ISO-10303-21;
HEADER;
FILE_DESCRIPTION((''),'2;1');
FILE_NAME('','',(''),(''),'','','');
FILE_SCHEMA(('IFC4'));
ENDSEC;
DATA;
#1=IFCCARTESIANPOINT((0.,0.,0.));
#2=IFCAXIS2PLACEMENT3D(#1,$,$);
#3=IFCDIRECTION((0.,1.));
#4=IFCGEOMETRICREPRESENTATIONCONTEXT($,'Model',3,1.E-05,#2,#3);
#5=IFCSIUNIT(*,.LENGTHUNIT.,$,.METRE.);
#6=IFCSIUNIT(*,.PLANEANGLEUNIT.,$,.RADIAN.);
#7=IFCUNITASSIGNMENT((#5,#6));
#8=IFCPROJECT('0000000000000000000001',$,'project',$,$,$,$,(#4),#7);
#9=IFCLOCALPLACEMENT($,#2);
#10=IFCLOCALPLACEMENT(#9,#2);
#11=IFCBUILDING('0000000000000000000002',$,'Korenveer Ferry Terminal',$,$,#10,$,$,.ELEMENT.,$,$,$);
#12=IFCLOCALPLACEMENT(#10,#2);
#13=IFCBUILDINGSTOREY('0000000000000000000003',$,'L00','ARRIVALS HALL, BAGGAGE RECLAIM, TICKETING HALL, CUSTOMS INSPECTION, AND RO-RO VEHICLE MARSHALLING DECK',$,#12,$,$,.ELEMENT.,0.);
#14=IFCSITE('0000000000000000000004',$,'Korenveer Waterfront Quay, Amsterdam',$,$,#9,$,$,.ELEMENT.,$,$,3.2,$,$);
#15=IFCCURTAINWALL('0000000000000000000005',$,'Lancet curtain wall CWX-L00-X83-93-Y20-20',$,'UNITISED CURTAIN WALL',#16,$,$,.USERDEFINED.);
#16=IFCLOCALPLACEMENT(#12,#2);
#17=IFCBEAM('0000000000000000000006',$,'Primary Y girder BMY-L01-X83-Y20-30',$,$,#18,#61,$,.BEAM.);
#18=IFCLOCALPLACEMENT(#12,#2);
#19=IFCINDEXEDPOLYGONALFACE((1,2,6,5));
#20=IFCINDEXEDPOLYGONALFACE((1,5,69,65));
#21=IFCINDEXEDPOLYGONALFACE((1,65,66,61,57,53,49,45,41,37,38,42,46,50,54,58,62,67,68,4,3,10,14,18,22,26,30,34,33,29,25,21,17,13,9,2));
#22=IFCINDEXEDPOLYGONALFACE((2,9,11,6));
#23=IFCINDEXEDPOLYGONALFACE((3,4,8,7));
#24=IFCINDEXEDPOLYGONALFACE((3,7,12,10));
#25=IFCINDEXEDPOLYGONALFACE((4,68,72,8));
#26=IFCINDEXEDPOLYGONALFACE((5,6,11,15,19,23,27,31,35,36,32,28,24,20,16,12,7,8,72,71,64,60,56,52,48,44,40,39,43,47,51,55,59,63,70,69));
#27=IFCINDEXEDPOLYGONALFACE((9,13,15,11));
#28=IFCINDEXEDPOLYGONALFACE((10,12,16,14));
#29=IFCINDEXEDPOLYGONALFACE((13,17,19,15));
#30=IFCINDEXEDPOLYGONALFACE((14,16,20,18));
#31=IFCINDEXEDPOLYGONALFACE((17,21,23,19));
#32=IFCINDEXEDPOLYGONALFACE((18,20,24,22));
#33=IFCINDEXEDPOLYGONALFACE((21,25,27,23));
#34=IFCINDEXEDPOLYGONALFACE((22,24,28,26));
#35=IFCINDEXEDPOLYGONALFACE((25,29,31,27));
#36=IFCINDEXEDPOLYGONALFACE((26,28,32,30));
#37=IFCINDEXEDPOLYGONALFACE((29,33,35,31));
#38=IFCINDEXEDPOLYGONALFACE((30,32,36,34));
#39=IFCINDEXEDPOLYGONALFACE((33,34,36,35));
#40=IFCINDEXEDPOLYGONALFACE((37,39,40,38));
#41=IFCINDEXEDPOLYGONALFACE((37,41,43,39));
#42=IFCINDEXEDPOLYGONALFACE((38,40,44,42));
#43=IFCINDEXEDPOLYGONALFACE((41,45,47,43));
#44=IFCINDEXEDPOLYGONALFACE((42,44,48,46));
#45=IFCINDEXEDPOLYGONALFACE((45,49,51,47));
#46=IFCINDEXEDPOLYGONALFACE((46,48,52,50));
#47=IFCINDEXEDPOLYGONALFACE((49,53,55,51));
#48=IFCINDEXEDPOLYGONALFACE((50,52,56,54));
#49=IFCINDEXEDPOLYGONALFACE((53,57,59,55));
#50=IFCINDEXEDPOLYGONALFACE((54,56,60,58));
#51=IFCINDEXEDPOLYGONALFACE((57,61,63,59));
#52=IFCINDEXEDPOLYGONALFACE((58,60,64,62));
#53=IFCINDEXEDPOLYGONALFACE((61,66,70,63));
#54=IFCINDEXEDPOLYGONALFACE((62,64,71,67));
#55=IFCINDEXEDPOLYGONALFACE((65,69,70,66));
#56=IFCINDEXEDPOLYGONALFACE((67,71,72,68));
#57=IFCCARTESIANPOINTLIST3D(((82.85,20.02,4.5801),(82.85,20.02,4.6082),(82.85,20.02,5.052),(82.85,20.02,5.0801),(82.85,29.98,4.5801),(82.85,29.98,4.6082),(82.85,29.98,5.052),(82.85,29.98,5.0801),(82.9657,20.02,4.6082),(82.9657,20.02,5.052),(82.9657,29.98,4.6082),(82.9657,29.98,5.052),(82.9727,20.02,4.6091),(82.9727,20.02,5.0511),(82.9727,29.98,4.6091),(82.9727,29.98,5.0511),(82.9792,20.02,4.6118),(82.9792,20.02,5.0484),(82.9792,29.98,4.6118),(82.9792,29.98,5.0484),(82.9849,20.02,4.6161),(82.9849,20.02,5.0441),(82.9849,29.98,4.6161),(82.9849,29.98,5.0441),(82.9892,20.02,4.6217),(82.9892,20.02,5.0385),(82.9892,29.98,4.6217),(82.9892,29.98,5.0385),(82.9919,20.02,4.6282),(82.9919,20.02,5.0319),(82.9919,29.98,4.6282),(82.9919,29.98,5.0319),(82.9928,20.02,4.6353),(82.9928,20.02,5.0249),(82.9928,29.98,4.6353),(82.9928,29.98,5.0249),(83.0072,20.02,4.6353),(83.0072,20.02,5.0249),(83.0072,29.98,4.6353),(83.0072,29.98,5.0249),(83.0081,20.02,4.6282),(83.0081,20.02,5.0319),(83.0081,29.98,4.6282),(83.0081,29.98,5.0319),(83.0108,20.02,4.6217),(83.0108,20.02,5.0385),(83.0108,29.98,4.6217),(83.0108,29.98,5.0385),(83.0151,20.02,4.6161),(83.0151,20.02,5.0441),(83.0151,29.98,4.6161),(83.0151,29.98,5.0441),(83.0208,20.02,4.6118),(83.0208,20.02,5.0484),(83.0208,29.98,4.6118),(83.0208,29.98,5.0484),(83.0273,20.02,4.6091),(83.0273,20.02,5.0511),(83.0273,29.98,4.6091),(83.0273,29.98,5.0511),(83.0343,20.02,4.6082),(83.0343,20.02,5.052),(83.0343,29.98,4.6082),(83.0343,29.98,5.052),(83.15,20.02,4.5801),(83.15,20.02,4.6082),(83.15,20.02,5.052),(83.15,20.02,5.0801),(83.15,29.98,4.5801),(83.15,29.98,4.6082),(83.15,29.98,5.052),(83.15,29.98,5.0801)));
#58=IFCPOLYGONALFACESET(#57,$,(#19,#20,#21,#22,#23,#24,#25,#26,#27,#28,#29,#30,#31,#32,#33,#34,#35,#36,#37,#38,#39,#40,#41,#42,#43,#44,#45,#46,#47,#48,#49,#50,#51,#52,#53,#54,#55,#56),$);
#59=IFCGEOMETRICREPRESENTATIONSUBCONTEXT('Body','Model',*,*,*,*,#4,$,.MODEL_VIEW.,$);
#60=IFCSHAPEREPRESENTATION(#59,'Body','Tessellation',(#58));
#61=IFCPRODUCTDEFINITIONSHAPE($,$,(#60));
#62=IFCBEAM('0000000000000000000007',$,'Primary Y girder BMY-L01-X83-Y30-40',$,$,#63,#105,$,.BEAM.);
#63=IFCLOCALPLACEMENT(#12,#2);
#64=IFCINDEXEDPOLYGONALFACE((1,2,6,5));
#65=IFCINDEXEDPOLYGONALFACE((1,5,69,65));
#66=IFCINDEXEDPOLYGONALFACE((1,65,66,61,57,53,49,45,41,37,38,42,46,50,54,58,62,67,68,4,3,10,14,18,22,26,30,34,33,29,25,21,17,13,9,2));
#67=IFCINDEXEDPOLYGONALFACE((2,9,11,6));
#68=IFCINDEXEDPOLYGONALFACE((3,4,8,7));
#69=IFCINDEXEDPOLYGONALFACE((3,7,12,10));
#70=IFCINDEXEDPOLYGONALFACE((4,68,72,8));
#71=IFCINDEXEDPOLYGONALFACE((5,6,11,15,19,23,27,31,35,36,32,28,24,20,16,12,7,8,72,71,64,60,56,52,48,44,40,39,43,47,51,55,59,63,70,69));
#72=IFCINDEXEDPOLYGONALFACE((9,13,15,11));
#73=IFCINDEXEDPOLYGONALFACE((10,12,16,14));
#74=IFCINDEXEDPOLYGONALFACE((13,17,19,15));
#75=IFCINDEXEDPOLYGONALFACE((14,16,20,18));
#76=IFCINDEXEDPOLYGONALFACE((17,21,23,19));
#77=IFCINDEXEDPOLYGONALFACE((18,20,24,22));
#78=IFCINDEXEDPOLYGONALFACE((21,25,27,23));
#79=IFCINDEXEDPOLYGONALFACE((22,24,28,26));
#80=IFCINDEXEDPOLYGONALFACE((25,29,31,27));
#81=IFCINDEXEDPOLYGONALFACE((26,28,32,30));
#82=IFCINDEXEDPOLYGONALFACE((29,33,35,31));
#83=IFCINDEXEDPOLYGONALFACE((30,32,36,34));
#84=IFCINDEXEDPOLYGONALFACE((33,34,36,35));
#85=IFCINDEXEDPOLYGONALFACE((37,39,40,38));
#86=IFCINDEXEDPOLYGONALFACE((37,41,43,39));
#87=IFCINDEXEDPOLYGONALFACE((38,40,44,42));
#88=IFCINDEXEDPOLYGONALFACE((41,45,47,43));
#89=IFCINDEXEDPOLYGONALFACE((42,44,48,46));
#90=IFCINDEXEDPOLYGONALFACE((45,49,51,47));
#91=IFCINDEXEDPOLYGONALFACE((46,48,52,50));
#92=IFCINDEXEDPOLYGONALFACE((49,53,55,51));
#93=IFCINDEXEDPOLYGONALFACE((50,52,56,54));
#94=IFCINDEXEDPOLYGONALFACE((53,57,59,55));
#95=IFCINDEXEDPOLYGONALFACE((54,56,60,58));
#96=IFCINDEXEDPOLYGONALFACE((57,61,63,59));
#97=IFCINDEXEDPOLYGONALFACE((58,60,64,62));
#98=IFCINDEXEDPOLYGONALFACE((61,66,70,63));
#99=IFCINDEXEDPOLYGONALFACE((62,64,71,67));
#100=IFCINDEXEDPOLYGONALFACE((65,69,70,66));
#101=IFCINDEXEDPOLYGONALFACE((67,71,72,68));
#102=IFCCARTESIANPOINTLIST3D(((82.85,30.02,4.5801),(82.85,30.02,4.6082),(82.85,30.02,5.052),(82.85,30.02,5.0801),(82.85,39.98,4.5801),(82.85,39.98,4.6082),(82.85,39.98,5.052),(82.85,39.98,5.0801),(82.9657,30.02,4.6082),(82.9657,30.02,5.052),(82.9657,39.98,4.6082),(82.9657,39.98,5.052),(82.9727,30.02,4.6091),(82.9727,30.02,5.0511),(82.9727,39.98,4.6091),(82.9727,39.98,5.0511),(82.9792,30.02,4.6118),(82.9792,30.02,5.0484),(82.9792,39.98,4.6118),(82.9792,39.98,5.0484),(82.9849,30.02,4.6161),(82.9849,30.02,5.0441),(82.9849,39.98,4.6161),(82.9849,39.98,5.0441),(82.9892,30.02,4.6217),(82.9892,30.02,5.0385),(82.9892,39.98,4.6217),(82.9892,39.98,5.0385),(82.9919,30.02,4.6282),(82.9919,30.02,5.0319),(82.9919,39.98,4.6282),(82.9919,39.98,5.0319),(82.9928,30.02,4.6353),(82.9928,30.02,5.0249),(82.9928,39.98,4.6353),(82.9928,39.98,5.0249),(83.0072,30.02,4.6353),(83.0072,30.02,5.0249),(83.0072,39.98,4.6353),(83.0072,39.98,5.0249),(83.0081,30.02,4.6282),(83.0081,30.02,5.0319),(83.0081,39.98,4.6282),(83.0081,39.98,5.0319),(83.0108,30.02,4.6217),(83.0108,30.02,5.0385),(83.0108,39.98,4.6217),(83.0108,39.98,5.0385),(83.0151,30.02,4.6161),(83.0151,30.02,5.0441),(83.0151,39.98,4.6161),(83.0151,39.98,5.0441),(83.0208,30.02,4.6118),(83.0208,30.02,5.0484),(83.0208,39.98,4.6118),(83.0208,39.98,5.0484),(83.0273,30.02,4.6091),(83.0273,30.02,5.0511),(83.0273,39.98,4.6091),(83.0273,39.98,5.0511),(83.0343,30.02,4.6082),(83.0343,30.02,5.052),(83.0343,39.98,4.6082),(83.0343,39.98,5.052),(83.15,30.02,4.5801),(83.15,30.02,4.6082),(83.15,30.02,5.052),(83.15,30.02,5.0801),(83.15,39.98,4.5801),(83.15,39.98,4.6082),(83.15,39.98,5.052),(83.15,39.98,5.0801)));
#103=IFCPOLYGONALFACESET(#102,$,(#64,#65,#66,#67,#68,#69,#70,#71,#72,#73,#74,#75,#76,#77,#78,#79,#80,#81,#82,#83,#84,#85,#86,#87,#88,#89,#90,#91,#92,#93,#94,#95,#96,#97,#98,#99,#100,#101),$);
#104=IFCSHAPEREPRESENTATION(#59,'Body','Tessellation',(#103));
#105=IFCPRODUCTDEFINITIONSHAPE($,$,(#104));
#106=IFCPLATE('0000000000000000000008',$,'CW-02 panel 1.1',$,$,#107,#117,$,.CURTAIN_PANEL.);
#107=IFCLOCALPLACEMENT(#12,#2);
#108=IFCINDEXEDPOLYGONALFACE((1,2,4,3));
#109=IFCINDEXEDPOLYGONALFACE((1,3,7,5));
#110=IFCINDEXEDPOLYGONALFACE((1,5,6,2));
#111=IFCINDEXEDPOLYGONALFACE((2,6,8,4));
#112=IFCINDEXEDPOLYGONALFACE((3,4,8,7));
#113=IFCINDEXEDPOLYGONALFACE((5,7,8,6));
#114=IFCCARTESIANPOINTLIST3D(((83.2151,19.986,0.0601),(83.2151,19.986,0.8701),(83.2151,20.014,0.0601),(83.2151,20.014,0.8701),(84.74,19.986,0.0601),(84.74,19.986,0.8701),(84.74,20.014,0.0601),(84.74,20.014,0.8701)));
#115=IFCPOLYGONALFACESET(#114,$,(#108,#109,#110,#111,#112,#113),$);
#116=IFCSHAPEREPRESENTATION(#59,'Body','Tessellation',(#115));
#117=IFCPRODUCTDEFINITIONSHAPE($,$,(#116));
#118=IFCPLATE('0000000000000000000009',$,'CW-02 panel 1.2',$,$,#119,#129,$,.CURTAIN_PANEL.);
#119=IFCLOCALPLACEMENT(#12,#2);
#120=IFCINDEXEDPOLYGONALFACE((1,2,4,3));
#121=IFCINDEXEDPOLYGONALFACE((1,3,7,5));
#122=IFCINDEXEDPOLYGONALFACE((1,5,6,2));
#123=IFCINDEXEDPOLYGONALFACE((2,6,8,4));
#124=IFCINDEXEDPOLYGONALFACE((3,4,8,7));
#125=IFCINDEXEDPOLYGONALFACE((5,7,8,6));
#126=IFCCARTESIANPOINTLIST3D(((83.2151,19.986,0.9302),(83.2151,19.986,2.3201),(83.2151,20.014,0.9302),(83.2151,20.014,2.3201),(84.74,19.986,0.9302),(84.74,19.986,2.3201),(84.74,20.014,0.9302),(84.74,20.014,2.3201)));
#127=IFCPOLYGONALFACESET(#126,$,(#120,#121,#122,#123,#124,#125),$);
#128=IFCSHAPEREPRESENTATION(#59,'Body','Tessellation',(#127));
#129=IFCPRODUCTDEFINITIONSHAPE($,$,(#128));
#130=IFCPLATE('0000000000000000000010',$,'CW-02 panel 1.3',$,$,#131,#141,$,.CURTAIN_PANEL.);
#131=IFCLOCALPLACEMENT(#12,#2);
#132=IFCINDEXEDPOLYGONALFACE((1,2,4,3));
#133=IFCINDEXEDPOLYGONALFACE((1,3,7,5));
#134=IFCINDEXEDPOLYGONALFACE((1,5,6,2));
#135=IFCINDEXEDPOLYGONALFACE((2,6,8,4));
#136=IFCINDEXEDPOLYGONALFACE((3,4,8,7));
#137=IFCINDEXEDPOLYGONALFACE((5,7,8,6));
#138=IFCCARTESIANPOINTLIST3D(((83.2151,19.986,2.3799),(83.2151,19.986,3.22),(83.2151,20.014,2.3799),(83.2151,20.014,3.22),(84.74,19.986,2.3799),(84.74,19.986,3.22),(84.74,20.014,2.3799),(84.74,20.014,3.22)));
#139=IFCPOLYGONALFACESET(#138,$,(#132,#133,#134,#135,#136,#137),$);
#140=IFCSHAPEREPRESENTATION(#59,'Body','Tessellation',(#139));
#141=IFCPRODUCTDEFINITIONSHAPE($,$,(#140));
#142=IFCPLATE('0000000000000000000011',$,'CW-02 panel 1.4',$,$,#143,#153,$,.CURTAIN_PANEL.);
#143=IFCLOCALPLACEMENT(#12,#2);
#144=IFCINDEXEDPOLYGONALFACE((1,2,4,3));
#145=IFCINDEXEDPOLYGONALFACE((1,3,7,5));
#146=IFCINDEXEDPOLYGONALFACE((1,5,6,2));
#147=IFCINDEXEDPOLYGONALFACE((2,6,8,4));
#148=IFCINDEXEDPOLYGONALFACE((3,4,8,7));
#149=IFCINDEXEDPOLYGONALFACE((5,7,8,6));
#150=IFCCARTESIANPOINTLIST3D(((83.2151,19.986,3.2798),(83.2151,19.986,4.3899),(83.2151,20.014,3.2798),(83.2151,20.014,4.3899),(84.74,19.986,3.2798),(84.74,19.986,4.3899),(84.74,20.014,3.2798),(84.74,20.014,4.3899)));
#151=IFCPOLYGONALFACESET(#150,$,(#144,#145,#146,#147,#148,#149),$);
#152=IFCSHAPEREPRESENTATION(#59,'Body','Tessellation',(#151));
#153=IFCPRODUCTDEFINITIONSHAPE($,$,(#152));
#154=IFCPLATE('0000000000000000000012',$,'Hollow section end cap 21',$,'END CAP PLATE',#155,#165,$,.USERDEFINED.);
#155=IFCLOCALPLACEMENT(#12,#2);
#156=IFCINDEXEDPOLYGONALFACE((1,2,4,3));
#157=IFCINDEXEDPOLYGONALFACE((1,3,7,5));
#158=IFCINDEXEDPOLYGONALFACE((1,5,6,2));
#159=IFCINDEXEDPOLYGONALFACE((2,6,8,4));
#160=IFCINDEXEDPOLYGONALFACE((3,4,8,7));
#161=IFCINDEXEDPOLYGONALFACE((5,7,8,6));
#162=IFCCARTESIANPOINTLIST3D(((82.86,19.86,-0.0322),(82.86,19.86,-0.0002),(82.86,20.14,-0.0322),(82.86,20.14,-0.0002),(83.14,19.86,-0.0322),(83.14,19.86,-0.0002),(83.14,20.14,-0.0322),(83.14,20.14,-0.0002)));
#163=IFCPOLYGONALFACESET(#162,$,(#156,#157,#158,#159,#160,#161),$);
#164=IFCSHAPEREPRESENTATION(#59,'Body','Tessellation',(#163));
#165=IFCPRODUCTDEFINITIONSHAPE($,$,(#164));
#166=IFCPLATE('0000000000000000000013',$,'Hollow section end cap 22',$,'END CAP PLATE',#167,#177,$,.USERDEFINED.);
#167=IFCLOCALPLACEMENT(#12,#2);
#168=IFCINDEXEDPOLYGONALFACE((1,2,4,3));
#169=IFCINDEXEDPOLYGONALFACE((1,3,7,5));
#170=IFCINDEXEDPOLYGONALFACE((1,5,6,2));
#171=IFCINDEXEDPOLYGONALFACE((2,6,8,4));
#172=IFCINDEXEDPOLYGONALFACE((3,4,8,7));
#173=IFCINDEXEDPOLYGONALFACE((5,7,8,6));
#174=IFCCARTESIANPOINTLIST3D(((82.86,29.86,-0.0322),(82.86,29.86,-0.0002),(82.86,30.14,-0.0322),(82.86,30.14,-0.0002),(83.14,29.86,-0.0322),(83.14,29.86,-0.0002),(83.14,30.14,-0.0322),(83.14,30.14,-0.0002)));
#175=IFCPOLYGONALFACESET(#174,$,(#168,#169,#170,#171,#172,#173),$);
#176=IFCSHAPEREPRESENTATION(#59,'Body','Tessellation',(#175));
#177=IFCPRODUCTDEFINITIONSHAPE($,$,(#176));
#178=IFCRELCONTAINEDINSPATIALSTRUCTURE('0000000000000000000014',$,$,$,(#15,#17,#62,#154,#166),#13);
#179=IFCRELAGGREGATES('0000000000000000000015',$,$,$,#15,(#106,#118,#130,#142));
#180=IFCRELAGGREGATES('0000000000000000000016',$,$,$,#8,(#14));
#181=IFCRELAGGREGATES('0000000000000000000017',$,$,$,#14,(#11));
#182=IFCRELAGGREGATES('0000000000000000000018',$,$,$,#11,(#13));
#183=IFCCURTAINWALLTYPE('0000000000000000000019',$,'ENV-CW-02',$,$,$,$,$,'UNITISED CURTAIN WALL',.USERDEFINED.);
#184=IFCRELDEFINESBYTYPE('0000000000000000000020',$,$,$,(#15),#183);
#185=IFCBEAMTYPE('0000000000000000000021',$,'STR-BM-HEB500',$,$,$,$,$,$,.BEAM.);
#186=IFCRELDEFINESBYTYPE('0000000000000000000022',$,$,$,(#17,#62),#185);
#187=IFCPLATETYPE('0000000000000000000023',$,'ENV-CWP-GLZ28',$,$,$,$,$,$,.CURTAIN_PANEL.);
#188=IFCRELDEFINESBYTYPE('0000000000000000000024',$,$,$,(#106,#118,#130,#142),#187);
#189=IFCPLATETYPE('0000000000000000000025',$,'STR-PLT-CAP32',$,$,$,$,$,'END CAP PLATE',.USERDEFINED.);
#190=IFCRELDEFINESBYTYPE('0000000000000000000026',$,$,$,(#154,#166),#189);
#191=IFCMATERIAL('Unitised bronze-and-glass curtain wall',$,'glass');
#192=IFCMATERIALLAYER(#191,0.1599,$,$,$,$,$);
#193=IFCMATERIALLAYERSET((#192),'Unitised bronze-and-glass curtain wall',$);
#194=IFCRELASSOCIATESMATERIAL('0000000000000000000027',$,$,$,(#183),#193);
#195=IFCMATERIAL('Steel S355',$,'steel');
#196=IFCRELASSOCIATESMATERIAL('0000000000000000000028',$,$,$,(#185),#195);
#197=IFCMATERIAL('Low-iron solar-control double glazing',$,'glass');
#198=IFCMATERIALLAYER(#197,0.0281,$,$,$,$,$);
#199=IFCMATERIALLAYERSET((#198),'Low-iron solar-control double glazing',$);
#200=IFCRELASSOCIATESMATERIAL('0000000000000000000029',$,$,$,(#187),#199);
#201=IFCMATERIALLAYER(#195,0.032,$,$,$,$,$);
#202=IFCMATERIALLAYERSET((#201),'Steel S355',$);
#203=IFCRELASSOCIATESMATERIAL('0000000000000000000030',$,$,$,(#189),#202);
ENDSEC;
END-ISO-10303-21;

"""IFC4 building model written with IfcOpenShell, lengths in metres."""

from ifc_helpers import new_model, si_unit, direction, frame, origin, origin_2d, place, context, subcontext, project, spatial, rectangle, i_section, extrude, material, layer, layer_set, material_profile, profile_set, type_object, element, aggregate, save


model = new_model("IFC4")

# Units and contexts
model_context = context("Model", 3, precision=1e-05, world=origin(), true_north=direction((0.0, 1.0)))
body_context = subcontext(model_context, "Body", "Model", "MODEL_VIEW")
ifc_project = project(units=[si_unit("LENGTHUNIT", "METRE"), si_unit("PLANEANGLEUNIT", "RADIAN")], contexts=[model_context])

# Site, building, storey
site_placement = place(None, origin())
site = spatial("IfcSite", under=ifc_project, at=site_placement, Name="Korenveer Waterfront Quay, Amsterdam", CompositionType="ELEMENT", RefElevation=3.2)
building_placement = place(site_placement, origin())
building = spatial("IfcBuilding", under=site, at=building_placement, Name="Korenveer Ferry Terminal", CompositionType="ELEMENT")
storey_placement = place(building_placement, origin())
storey = spatial("IfcBuildingStorey", under=building, at=storey_placement, Name="L00", Description="ARRIVALS HALL, BAGGAGE RECLAIM, TICKETING HALL, CUSTOMS INSPECTION, AND RO-RO VEHICLE MARSHALLING DECK", CompositionType="ELEMENT", Elevation=0.0)

# Shared definitions
ifc_material_1 = material(Name="Steel S355", Category="steel")

# Curtain wall
ifc_material_2 = material(Name="Unitised bronze-and-glass curtain wall", Category="glass")
ifc_layer_1 = layer(ifc_material_2, 0.1599)
ifc_layer_set_1 = layer_set([ifc_layer_1], Name="Unitised bronze-and-glass curtain wall")
curtain_wall_type = type_object("IfcCurtainWallType", Name="ENV-CW-02", ElementType="UNITISED CURTAIN WALL", PredefinedType="USERDEFINED", material=ifc_layer_set_1)
curtain_wall_placement = place(storey_placement, frame((83.155, 20.0, 0.0)))
curtain_wall = element("IfcCurtainWall", 1, at=curtain_wall_placement, inside=storey, type_object=curtain_wall_type, Name="Lancet curtain wall CWX-L00-X83-93-Y20-20", ObjectType="UNITISED CURTAIN WALL", PredefinedType="USERDEFINED")

# Beams
ifc_material_profile_1 = material_profile(ifc_material_1, i_section(OverallWidth=0.3, OverallDepth=0.5, WebThickness=0.0144, FlangeThickness=0.0281, FilletRadius=0.0271, at=origin_2d()), Name="HEB 500")
ifc_profile_set_1 = profile_set([ifc_material_profile_1], Name="Steel S355")
beam_type = type_object("IfcBeamType", Name="STR-BM-HEB500", PredefinedType="BEAM", material=ifc_profile_set_1)
for number, where, z_axis, x_axis, name in (
    (2, (83.0, 20.02, 4.8301), (0.0, 1.0, 0.0), (-1.0, 0.0, 0.0), "Primary Y girder BMY-L01-X83-Y20-30"),
    (3, (83.0, 30.02, 4.8301), (0.0, 1.0, 0.0), (-1.0, 0.0, 0.0), "Primary Y girder BMY-L01-X83-Y30-40"),
):
    element("IfcBeam", number, at=place(storey_placement, frame(where, z_axis=z_axis, x_axis=x_axis)), inside=storey, type_object=beam_type, Name=name, PredefinedType="BEAM", context=body_context, shape_type="SweptSolid", body=[
        extrude(i_section(OverallWidth=0.3, OverallDepth=0.5, WebThickness=0.0144, FlangeThickness=0.0281, FilletRadius=0.0271, at=origin_2d()), origin(), (0.0, 0.0, 1.0), 9.96),
    ])

# Plates
ifc_material_3 = material(Name="Low-iron solar-control double glazing", Category="glass")
ifc_layer_2 = layer(ifc_material_3, 0.0281)
ifc_layer_set_2 = layer_set([ifc_layer_2], Name="Low-iron solar-control double glazing")
plate_type_1 = type_object("IfcPlateType", Name="ENV-CWP-GLZ28", PredefinedType="CURTAIN_PANEL", material=ifc_layer_set_2)
plate_1_placement = place(storey_placement, frame((83.9775, 20.0, 0.0601), z_axis=(0.0, 0.0, 1.0), x_axis=(1.0, 0.0, 0.0)))
plate_1 = element("IfcPlate", 4, at=plate_1_placement, type_object=plate_type_1, Name="CW-02 panel 1.1", PredefinedType="CURTAIN_PANEL", context=body_context, shape_type="SweptSolid", body=[
    extrude(rectangle(XDim=1.5249, YDim=0.0281, at=origin_2d()), origin(), (0.0, 0.0, 1.0), 0.8101),
])
plate_2_placement = place(storey_placement, frame((83.9775, 20.0, 0.9302), z_axis=(0.0, 0.0, 1.0), x_axis=(1.0, 0.0, 0.0)))
plate_2 = element("IfcPlate", 5, at=plate_2_placement, type_object=plate_type_1, Name="CW-02 panel 1.2", PredefinedType="CURTAIN_PANEL", context=body_context, shape_type="SweptSolid", body=[
    extrude(rectangle(XDim=1.5249, YDim=0.0281, at=origin_2d()), origin(), (0.0, 0.0, 1.0), 1.3899),
])
plate_3_placement = place(storey_placement, frame((83.9775, 20.0, 2.3799), z_axis=(0.0, 0.0, 1.0), x_axis=(1.0, 0.0, 0.0)))
plate_3 = element("IfcPlate", 6, at=plate_3_placement, type_object=plate_type_1, Name="CW-02 panel 1.3", PredefinedType="CURTAIN_PANEL", context=body_context, shape_type="SweptSolid", body=[
    extrude(rectangle(XDim=1.5249, YDim=0.0281, at=origin_2d()), origin(), (0.0, 0.0, 1.0), 0.8401),
])
plate_4_placement = place(storey_placement, frame((83.9775, 20.0, 3.2798), z_axis=(0.0, 0.0, 1.0), x_axis=(1.0, 0.0, 0.0)))
plate_4 = element("IfcPlate", 7, at=plate_4_placement, type_object=plate_type_1, Name="CW-02 panel 1.4", PredefinedType="CURTAIN_PANEL", context=body_context, shape_type="SweptSolid", body=[
    extrude(rectangle(XDim=1.5249, YDim=0.0281, at=origin_2d()), origin(), (0.0, 0.0, 1.0), 1.1101),
])
aggregate(curtain_wall, [plate_1, plate_2, plate_3, plate_4])

# Plates
ifc_layer_3 = layer(ifc_material_1, 0.032)
ifc_layer_set_3 = layer_set([ifc_layer_3], Name="Steel S355")
plate_type_2 = type_object("IfcPlateType", Name="STR-PLT-CAP32", ElementType="END CAP PLATE", PredefinedType="USERDEFINED", material=ifc_layer_set_3)
for number, where, z_axis, x_axis, name in (
    (8, (83.0, 20.0, -0.0322), (0.0, 0.0, 1.0), (1.0, 0.0, 0.0), "Hollow section end cap 21"),
    (9, (83.0, 30.0, -0.0322), (0.0, 0.0, 1.0), (1.0, 0.0, 0.0), "Hollow section end cap 22"),
):
    element("IfcPlate", number, at=place(storey_placement, frame(where, z_axis=z_axis, x_axis=x_axis)), inside=storey, type_object=plate_type_2, Name=name, ObjectType="END CAP PLATE", PredefinedType="USERDEFINED", context=body_context, shape_type="SweptSolid", body=[
        extrude(rectangle(XDim=0.28, YDim=0.28, at=origin_2d()), origin(), (0.0, 0.0, 1.0), 0.032),
    ])

save(model, "model.ifc")
